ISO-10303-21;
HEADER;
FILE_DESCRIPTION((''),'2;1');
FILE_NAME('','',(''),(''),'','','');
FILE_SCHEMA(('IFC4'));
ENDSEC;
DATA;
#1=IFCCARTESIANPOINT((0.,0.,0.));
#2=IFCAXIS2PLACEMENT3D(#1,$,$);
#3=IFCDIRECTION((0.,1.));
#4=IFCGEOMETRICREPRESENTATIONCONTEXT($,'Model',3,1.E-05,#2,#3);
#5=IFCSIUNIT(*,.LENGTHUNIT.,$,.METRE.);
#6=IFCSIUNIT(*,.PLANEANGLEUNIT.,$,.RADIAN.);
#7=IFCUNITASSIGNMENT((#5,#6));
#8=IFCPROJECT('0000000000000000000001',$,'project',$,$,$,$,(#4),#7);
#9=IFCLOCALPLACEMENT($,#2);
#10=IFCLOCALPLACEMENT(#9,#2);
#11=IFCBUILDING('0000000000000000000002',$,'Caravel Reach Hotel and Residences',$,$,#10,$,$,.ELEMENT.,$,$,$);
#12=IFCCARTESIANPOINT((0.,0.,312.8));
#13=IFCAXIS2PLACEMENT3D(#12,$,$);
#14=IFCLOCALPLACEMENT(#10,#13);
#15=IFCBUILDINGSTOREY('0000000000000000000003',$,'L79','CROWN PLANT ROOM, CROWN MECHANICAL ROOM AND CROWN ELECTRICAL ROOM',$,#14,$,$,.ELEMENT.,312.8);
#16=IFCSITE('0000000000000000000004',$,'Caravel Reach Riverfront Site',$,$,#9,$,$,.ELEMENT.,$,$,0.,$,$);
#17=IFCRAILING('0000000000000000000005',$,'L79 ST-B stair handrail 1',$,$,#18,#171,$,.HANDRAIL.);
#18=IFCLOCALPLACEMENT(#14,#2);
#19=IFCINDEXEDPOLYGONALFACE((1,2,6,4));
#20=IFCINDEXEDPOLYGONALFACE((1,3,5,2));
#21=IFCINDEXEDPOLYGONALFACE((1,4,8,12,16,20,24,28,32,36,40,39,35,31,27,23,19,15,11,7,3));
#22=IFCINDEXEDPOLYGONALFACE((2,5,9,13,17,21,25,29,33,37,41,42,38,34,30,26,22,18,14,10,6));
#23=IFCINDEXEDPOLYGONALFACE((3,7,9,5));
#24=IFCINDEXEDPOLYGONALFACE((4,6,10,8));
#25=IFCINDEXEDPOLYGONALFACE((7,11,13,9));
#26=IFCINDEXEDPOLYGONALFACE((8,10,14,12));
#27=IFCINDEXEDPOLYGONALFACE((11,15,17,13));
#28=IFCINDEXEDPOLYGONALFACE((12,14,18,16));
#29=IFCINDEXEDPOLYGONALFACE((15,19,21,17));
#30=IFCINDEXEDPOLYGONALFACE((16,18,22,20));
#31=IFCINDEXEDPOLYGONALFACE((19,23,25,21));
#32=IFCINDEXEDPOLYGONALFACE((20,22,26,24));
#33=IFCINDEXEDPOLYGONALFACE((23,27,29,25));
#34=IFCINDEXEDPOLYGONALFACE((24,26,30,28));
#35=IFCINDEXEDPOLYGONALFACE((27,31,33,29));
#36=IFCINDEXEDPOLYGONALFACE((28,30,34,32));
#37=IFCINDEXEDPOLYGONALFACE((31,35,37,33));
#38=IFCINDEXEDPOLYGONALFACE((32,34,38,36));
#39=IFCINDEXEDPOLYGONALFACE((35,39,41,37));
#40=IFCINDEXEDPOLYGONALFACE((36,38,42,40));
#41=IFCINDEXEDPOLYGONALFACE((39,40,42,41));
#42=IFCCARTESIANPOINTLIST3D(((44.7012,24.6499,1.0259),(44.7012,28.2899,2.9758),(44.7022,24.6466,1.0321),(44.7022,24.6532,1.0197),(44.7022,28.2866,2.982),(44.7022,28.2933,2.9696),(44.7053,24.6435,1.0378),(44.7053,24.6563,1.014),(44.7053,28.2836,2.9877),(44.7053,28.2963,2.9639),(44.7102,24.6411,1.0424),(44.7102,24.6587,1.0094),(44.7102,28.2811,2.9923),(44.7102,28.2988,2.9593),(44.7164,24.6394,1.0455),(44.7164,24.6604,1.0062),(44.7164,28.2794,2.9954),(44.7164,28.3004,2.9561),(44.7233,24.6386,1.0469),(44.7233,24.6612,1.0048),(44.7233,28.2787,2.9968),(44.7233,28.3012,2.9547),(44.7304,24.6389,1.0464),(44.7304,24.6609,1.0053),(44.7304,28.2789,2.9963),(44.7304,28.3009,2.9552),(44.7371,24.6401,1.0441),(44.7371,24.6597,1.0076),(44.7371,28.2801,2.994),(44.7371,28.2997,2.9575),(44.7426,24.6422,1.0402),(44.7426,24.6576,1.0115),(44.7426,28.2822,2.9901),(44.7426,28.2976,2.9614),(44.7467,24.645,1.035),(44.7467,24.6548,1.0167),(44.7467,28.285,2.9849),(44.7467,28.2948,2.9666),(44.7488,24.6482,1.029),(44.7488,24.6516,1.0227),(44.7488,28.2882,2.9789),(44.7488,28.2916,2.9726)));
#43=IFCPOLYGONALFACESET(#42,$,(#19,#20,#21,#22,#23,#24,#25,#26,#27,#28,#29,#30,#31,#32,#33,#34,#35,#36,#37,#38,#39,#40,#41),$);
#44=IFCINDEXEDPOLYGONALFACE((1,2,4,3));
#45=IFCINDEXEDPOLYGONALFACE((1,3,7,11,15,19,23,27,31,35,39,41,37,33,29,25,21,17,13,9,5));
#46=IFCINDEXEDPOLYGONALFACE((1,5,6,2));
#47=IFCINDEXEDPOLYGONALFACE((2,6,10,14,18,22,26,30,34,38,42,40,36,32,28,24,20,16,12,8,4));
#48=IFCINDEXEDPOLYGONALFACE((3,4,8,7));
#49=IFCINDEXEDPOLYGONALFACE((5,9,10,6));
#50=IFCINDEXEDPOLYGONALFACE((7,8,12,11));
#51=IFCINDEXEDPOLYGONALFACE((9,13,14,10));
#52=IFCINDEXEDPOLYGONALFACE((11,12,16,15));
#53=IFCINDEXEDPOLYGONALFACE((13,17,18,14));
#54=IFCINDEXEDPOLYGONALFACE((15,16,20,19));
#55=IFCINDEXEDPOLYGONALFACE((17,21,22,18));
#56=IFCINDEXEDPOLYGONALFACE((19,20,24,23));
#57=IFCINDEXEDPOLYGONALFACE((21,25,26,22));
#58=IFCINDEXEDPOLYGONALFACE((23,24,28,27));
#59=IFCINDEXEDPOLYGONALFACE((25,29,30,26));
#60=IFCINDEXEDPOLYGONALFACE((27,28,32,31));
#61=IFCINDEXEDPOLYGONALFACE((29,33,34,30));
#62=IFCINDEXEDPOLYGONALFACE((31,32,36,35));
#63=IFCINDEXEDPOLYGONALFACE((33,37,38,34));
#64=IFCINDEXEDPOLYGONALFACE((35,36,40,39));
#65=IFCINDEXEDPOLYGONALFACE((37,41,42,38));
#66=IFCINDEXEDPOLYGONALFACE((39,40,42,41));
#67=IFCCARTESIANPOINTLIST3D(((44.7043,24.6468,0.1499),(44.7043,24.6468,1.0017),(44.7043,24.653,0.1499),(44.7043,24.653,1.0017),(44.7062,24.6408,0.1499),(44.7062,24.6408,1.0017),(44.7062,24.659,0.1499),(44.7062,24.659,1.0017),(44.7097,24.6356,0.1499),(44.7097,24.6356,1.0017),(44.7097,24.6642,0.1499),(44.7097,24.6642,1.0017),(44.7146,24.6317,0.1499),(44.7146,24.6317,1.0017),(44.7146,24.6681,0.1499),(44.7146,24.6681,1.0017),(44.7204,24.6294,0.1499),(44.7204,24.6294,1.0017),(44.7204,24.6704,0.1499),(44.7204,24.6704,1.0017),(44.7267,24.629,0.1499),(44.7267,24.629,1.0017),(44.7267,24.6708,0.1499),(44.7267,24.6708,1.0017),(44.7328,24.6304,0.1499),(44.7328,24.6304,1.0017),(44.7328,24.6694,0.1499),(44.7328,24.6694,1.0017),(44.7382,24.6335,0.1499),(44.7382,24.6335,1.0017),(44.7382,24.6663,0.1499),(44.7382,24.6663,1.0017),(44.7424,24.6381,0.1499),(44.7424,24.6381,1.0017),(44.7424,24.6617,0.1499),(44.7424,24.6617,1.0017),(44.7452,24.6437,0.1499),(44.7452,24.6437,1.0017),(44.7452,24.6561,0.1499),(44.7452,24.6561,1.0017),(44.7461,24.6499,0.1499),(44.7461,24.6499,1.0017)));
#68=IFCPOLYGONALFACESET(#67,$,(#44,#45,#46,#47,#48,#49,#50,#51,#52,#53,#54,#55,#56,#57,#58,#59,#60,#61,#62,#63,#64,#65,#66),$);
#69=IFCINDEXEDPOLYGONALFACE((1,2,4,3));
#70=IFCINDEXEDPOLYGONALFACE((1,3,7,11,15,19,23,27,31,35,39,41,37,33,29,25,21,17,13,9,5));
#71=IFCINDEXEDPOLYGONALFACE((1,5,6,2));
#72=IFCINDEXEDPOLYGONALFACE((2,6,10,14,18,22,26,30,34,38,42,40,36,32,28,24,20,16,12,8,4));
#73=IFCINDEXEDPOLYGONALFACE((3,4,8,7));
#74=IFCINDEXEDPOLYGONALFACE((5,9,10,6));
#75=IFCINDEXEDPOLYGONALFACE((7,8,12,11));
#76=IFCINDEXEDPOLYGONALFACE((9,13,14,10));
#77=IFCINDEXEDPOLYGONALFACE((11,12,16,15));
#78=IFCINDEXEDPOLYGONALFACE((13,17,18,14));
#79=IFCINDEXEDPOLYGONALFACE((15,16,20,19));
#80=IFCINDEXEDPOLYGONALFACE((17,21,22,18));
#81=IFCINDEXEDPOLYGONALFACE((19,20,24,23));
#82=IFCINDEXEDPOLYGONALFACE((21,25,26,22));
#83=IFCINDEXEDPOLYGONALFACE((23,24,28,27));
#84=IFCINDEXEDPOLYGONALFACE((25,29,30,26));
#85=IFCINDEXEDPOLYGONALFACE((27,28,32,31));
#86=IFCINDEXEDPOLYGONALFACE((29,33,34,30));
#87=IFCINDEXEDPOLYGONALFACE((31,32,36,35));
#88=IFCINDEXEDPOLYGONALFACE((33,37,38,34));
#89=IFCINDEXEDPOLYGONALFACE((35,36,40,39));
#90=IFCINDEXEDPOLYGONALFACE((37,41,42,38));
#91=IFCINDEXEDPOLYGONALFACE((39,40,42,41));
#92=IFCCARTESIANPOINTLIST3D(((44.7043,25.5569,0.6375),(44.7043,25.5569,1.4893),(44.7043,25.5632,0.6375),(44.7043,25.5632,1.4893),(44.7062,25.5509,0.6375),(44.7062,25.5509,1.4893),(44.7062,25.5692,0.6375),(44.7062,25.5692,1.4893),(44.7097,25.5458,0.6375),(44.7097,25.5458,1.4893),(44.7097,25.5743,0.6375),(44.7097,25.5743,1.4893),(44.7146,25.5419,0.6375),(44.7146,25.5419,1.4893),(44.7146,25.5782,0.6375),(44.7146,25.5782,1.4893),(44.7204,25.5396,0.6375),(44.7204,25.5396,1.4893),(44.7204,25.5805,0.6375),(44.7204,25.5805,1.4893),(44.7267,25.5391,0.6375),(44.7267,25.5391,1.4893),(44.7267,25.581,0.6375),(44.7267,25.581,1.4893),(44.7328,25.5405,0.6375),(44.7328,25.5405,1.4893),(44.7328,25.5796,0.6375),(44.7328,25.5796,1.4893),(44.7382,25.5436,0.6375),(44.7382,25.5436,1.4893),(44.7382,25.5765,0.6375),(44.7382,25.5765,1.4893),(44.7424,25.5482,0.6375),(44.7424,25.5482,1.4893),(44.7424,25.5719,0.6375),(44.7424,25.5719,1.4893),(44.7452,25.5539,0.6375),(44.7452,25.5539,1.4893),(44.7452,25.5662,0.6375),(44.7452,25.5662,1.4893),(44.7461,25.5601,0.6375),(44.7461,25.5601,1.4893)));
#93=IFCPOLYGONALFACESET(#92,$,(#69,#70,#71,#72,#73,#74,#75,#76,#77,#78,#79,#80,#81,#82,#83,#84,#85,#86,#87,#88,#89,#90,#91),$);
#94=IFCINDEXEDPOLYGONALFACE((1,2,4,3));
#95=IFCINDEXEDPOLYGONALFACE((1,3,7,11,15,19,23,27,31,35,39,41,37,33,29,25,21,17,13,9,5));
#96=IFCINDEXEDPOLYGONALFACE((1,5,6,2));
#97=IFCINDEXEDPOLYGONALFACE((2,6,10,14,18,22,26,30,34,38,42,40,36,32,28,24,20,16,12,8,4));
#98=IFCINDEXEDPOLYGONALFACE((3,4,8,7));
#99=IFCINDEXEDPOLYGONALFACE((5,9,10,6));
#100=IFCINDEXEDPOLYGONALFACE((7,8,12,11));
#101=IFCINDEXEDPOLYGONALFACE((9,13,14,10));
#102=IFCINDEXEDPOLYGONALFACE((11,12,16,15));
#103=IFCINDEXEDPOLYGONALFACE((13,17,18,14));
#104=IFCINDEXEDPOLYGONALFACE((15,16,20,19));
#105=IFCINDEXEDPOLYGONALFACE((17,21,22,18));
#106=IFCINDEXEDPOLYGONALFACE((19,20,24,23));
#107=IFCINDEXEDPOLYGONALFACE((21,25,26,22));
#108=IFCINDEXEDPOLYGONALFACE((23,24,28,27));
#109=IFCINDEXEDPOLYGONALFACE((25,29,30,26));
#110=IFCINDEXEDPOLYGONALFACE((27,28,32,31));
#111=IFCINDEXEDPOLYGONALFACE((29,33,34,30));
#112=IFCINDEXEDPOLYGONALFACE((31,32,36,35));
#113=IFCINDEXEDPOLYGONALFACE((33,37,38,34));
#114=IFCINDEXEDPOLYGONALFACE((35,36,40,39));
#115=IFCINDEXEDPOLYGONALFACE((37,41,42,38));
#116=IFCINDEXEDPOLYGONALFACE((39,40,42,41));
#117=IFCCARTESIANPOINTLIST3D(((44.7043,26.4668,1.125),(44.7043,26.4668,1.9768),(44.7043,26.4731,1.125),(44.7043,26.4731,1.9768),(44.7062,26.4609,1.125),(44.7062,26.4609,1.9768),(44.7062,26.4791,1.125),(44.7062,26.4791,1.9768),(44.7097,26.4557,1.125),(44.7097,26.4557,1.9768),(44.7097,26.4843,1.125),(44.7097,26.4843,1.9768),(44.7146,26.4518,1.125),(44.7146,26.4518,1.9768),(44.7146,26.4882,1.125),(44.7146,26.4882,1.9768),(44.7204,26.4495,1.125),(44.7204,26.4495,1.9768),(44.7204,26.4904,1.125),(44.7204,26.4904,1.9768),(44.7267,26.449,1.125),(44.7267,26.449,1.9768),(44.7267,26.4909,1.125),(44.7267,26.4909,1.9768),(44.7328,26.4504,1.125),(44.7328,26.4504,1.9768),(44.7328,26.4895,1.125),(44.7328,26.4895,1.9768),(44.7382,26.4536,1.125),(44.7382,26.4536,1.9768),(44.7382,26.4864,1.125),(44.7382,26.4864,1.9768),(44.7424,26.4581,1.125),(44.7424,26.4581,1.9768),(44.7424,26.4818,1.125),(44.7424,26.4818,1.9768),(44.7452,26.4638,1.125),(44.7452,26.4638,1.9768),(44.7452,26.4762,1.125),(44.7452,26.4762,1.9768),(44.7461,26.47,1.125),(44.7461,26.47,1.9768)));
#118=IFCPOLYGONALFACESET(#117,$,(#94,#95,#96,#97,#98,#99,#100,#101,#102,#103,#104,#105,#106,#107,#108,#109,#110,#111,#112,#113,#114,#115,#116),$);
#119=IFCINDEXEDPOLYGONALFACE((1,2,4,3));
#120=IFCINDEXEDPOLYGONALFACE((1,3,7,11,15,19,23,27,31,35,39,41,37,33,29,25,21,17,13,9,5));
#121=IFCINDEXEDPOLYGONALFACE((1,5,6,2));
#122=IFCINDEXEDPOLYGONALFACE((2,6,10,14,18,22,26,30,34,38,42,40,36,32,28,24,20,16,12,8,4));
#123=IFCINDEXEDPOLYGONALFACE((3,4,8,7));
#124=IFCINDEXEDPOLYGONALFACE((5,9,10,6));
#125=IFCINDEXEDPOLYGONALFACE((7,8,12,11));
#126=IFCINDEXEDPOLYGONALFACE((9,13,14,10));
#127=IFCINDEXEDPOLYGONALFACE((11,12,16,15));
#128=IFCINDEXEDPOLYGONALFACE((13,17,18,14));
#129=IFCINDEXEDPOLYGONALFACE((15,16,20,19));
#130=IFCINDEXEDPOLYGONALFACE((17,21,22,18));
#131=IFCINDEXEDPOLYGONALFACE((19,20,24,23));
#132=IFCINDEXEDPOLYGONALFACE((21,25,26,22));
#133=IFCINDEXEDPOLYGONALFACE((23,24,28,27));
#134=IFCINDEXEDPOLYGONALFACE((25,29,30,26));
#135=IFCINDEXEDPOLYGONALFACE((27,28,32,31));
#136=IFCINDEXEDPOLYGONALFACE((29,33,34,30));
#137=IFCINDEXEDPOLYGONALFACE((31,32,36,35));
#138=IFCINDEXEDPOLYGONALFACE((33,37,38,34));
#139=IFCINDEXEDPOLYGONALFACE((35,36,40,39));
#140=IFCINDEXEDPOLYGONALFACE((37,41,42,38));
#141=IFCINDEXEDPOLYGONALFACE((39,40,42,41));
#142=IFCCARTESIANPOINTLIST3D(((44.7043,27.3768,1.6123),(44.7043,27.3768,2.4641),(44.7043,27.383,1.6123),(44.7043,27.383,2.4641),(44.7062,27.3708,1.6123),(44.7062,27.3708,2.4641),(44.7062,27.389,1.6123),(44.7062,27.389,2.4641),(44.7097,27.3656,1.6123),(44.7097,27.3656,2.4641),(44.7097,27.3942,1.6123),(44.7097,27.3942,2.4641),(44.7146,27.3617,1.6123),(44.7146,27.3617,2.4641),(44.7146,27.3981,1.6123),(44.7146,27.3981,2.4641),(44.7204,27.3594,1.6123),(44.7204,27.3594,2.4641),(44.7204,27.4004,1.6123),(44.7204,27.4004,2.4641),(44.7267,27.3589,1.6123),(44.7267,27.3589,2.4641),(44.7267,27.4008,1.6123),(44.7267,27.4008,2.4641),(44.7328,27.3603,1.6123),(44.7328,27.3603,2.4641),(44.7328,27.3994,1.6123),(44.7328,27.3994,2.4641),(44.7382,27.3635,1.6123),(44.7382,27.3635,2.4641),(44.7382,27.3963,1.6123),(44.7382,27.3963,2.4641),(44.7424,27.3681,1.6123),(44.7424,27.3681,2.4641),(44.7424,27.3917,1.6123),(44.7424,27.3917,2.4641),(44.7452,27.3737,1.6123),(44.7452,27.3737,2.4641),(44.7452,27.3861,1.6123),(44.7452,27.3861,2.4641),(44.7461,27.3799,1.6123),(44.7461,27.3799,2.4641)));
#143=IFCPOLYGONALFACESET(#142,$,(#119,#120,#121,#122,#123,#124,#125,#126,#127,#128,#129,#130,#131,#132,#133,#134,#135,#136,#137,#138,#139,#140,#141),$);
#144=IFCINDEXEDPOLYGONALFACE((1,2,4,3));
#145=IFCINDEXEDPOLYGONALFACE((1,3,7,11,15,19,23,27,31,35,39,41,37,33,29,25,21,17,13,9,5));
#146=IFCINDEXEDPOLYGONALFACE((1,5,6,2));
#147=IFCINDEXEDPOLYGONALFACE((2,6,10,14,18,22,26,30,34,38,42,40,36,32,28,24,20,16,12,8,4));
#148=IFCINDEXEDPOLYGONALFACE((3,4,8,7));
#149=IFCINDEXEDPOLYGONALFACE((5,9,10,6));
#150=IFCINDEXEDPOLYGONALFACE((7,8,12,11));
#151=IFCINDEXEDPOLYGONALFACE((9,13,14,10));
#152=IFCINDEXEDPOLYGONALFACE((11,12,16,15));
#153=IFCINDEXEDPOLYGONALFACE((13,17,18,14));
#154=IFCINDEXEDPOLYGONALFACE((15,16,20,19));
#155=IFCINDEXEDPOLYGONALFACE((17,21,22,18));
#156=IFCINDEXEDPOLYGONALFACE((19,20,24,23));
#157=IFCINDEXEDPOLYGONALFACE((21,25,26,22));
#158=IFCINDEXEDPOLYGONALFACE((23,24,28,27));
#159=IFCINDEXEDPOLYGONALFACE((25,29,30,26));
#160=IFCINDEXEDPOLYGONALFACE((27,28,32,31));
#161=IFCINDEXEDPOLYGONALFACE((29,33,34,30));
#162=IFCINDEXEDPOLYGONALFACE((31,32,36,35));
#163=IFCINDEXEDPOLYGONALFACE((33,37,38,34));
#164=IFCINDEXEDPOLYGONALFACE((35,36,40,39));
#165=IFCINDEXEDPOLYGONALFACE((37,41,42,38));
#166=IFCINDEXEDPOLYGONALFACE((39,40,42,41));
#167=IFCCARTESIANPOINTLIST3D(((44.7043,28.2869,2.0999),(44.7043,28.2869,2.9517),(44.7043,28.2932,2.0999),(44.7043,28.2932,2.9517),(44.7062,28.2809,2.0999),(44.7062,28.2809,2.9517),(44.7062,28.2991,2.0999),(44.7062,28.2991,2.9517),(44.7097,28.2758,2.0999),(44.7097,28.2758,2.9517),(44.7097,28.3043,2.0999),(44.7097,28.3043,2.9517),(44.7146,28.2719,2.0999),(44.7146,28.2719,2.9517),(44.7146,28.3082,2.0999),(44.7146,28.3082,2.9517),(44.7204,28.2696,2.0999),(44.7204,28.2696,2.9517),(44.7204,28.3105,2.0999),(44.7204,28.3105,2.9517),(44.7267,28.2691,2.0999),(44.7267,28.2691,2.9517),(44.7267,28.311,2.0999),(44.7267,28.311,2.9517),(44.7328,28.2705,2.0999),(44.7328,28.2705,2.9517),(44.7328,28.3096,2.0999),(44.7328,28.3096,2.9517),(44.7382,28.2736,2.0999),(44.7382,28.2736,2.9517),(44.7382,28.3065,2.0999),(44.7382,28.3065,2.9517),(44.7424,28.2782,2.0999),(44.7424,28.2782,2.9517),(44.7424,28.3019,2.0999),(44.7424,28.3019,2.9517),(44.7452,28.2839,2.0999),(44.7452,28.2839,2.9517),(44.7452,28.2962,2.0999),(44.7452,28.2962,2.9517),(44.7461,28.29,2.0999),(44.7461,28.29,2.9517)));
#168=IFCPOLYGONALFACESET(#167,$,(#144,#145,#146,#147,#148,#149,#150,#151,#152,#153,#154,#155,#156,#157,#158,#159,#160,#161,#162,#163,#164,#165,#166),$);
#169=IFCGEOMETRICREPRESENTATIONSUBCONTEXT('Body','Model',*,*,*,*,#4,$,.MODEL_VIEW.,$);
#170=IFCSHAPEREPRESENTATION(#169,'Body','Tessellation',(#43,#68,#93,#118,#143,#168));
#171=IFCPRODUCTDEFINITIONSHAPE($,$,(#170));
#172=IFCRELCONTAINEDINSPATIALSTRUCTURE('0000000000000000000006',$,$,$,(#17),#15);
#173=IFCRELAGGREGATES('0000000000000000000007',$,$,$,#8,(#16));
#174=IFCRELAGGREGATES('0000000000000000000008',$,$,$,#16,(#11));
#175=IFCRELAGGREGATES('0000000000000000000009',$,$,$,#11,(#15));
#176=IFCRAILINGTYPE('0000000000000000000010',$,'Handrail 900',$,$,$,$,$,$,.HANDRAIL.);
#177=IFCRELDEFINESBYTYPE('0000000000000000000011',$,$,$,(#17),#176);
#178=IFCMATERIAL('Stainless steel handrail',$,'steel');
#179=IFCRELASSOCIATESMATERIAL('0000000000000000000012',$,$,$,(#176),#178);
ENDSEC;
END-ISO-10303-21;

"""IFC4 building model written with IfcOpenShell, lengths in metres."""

from ifc_helpers import new_model, si_unit, direction, frame, origin, origin_2d, place, context, subcontext, project, spatial, circle, extrude, material, type_object, element, save


model = new_model("IFC4")

# Units and contexts
model_context = context("Model", 3, precision=1e-05, world=origin(), true_north=direction((0.0, 1.0)))
body_context = subcontext(model_context, "Body", "Model", "MODEL_VIEW")
ifc_project = project(units=[si_unit("LENGTHUNIT", "METRE"), si_unit("PLANEANGLEUNIT", "RADIAN")], contexts=[model_context])

# Site, building, storey
site_placement = place(None, origin())
site = spatial("IfcSite", under=ifc_project, at=site_placement, Name="Caravel Reach Riverfront Site", CompositionType="ELEMENT", RefElevation=0.0)
building_placement = place(site_placement, origin())
building = spatial("IfcBuilding", under=site, at=building_placement, Name="Caravel Reach Hotel and Residences", CompositionType="ELEMENT")
storey_placement = place(building_placement, frame((0.0, 0.0, 312.8)))
storey = spatial("IfcBuildingStorey", under=building, at=storey_placement, Name="L79", Description="CROWN PLANT ROOM, CROWN MECHANICAL ROOM AND CROWN ELECTRICAL ROOM", CompositionType="ELEMENT", Elevation=312.8)

# Railing
ifc_material_1 = material(Name="Stainless steel handrail", Category="steel")
railing_type_1 = type_object("IfcRailingType", Name="Handrail 900", PredefinedType="HANDRAIL", material=ifc_material_1)
railing_1_placement = place(storey_placement, frame((44.7251, 24.6499, 0.1499)))
element("IfcRailing", 1, at=railing_1_placement, inside=storey, type_object=railing_type_1, Name="L79 ST-B stair handrail 1", PredefinedType="HANDRAIL", context=body_context, shape_type="SweptSolid", body=[
    extrude(circle(Radius=0.0239, at=origin_2d()), frame((0.0, 0.0, 0.876), z_axis=(0.0, 0.881492, 0.472198), x_axis=(-1.0, 0.0, 0.0)), (0.0, 0.0, 1.0), 4.1294),
    extrude(circle(Radius=0.021, at=origin_2d()), origin(), (0.0, 0.0, 1.0), 0.8518),
    extrude(circle(Radius=0.021, at=origin_2d()), frame((0.0, 0.9102, 0.4875)), (0.0, 0.0, 1.0), 0.8518),
    extrude(circle(Radius=0.021, at=origin_2d()), frame((0.0, 1.8201, 0.9751)), (0.0, 0.0, 1.0), 0.8518),
    extrude(circle(Radius=0.021, at=origin_2d()), frame((0.0, 2.73, 1.4624)), (0.0, 0.0, 1.0), 0.8518),
    extrude(circle(Radius=0.021, at=origin_2d()), frame((0.0, 3.6401, 1.95)), (0.0, 0.0, 1.0), 0.8518),
])

save(model, "model.ifc")
